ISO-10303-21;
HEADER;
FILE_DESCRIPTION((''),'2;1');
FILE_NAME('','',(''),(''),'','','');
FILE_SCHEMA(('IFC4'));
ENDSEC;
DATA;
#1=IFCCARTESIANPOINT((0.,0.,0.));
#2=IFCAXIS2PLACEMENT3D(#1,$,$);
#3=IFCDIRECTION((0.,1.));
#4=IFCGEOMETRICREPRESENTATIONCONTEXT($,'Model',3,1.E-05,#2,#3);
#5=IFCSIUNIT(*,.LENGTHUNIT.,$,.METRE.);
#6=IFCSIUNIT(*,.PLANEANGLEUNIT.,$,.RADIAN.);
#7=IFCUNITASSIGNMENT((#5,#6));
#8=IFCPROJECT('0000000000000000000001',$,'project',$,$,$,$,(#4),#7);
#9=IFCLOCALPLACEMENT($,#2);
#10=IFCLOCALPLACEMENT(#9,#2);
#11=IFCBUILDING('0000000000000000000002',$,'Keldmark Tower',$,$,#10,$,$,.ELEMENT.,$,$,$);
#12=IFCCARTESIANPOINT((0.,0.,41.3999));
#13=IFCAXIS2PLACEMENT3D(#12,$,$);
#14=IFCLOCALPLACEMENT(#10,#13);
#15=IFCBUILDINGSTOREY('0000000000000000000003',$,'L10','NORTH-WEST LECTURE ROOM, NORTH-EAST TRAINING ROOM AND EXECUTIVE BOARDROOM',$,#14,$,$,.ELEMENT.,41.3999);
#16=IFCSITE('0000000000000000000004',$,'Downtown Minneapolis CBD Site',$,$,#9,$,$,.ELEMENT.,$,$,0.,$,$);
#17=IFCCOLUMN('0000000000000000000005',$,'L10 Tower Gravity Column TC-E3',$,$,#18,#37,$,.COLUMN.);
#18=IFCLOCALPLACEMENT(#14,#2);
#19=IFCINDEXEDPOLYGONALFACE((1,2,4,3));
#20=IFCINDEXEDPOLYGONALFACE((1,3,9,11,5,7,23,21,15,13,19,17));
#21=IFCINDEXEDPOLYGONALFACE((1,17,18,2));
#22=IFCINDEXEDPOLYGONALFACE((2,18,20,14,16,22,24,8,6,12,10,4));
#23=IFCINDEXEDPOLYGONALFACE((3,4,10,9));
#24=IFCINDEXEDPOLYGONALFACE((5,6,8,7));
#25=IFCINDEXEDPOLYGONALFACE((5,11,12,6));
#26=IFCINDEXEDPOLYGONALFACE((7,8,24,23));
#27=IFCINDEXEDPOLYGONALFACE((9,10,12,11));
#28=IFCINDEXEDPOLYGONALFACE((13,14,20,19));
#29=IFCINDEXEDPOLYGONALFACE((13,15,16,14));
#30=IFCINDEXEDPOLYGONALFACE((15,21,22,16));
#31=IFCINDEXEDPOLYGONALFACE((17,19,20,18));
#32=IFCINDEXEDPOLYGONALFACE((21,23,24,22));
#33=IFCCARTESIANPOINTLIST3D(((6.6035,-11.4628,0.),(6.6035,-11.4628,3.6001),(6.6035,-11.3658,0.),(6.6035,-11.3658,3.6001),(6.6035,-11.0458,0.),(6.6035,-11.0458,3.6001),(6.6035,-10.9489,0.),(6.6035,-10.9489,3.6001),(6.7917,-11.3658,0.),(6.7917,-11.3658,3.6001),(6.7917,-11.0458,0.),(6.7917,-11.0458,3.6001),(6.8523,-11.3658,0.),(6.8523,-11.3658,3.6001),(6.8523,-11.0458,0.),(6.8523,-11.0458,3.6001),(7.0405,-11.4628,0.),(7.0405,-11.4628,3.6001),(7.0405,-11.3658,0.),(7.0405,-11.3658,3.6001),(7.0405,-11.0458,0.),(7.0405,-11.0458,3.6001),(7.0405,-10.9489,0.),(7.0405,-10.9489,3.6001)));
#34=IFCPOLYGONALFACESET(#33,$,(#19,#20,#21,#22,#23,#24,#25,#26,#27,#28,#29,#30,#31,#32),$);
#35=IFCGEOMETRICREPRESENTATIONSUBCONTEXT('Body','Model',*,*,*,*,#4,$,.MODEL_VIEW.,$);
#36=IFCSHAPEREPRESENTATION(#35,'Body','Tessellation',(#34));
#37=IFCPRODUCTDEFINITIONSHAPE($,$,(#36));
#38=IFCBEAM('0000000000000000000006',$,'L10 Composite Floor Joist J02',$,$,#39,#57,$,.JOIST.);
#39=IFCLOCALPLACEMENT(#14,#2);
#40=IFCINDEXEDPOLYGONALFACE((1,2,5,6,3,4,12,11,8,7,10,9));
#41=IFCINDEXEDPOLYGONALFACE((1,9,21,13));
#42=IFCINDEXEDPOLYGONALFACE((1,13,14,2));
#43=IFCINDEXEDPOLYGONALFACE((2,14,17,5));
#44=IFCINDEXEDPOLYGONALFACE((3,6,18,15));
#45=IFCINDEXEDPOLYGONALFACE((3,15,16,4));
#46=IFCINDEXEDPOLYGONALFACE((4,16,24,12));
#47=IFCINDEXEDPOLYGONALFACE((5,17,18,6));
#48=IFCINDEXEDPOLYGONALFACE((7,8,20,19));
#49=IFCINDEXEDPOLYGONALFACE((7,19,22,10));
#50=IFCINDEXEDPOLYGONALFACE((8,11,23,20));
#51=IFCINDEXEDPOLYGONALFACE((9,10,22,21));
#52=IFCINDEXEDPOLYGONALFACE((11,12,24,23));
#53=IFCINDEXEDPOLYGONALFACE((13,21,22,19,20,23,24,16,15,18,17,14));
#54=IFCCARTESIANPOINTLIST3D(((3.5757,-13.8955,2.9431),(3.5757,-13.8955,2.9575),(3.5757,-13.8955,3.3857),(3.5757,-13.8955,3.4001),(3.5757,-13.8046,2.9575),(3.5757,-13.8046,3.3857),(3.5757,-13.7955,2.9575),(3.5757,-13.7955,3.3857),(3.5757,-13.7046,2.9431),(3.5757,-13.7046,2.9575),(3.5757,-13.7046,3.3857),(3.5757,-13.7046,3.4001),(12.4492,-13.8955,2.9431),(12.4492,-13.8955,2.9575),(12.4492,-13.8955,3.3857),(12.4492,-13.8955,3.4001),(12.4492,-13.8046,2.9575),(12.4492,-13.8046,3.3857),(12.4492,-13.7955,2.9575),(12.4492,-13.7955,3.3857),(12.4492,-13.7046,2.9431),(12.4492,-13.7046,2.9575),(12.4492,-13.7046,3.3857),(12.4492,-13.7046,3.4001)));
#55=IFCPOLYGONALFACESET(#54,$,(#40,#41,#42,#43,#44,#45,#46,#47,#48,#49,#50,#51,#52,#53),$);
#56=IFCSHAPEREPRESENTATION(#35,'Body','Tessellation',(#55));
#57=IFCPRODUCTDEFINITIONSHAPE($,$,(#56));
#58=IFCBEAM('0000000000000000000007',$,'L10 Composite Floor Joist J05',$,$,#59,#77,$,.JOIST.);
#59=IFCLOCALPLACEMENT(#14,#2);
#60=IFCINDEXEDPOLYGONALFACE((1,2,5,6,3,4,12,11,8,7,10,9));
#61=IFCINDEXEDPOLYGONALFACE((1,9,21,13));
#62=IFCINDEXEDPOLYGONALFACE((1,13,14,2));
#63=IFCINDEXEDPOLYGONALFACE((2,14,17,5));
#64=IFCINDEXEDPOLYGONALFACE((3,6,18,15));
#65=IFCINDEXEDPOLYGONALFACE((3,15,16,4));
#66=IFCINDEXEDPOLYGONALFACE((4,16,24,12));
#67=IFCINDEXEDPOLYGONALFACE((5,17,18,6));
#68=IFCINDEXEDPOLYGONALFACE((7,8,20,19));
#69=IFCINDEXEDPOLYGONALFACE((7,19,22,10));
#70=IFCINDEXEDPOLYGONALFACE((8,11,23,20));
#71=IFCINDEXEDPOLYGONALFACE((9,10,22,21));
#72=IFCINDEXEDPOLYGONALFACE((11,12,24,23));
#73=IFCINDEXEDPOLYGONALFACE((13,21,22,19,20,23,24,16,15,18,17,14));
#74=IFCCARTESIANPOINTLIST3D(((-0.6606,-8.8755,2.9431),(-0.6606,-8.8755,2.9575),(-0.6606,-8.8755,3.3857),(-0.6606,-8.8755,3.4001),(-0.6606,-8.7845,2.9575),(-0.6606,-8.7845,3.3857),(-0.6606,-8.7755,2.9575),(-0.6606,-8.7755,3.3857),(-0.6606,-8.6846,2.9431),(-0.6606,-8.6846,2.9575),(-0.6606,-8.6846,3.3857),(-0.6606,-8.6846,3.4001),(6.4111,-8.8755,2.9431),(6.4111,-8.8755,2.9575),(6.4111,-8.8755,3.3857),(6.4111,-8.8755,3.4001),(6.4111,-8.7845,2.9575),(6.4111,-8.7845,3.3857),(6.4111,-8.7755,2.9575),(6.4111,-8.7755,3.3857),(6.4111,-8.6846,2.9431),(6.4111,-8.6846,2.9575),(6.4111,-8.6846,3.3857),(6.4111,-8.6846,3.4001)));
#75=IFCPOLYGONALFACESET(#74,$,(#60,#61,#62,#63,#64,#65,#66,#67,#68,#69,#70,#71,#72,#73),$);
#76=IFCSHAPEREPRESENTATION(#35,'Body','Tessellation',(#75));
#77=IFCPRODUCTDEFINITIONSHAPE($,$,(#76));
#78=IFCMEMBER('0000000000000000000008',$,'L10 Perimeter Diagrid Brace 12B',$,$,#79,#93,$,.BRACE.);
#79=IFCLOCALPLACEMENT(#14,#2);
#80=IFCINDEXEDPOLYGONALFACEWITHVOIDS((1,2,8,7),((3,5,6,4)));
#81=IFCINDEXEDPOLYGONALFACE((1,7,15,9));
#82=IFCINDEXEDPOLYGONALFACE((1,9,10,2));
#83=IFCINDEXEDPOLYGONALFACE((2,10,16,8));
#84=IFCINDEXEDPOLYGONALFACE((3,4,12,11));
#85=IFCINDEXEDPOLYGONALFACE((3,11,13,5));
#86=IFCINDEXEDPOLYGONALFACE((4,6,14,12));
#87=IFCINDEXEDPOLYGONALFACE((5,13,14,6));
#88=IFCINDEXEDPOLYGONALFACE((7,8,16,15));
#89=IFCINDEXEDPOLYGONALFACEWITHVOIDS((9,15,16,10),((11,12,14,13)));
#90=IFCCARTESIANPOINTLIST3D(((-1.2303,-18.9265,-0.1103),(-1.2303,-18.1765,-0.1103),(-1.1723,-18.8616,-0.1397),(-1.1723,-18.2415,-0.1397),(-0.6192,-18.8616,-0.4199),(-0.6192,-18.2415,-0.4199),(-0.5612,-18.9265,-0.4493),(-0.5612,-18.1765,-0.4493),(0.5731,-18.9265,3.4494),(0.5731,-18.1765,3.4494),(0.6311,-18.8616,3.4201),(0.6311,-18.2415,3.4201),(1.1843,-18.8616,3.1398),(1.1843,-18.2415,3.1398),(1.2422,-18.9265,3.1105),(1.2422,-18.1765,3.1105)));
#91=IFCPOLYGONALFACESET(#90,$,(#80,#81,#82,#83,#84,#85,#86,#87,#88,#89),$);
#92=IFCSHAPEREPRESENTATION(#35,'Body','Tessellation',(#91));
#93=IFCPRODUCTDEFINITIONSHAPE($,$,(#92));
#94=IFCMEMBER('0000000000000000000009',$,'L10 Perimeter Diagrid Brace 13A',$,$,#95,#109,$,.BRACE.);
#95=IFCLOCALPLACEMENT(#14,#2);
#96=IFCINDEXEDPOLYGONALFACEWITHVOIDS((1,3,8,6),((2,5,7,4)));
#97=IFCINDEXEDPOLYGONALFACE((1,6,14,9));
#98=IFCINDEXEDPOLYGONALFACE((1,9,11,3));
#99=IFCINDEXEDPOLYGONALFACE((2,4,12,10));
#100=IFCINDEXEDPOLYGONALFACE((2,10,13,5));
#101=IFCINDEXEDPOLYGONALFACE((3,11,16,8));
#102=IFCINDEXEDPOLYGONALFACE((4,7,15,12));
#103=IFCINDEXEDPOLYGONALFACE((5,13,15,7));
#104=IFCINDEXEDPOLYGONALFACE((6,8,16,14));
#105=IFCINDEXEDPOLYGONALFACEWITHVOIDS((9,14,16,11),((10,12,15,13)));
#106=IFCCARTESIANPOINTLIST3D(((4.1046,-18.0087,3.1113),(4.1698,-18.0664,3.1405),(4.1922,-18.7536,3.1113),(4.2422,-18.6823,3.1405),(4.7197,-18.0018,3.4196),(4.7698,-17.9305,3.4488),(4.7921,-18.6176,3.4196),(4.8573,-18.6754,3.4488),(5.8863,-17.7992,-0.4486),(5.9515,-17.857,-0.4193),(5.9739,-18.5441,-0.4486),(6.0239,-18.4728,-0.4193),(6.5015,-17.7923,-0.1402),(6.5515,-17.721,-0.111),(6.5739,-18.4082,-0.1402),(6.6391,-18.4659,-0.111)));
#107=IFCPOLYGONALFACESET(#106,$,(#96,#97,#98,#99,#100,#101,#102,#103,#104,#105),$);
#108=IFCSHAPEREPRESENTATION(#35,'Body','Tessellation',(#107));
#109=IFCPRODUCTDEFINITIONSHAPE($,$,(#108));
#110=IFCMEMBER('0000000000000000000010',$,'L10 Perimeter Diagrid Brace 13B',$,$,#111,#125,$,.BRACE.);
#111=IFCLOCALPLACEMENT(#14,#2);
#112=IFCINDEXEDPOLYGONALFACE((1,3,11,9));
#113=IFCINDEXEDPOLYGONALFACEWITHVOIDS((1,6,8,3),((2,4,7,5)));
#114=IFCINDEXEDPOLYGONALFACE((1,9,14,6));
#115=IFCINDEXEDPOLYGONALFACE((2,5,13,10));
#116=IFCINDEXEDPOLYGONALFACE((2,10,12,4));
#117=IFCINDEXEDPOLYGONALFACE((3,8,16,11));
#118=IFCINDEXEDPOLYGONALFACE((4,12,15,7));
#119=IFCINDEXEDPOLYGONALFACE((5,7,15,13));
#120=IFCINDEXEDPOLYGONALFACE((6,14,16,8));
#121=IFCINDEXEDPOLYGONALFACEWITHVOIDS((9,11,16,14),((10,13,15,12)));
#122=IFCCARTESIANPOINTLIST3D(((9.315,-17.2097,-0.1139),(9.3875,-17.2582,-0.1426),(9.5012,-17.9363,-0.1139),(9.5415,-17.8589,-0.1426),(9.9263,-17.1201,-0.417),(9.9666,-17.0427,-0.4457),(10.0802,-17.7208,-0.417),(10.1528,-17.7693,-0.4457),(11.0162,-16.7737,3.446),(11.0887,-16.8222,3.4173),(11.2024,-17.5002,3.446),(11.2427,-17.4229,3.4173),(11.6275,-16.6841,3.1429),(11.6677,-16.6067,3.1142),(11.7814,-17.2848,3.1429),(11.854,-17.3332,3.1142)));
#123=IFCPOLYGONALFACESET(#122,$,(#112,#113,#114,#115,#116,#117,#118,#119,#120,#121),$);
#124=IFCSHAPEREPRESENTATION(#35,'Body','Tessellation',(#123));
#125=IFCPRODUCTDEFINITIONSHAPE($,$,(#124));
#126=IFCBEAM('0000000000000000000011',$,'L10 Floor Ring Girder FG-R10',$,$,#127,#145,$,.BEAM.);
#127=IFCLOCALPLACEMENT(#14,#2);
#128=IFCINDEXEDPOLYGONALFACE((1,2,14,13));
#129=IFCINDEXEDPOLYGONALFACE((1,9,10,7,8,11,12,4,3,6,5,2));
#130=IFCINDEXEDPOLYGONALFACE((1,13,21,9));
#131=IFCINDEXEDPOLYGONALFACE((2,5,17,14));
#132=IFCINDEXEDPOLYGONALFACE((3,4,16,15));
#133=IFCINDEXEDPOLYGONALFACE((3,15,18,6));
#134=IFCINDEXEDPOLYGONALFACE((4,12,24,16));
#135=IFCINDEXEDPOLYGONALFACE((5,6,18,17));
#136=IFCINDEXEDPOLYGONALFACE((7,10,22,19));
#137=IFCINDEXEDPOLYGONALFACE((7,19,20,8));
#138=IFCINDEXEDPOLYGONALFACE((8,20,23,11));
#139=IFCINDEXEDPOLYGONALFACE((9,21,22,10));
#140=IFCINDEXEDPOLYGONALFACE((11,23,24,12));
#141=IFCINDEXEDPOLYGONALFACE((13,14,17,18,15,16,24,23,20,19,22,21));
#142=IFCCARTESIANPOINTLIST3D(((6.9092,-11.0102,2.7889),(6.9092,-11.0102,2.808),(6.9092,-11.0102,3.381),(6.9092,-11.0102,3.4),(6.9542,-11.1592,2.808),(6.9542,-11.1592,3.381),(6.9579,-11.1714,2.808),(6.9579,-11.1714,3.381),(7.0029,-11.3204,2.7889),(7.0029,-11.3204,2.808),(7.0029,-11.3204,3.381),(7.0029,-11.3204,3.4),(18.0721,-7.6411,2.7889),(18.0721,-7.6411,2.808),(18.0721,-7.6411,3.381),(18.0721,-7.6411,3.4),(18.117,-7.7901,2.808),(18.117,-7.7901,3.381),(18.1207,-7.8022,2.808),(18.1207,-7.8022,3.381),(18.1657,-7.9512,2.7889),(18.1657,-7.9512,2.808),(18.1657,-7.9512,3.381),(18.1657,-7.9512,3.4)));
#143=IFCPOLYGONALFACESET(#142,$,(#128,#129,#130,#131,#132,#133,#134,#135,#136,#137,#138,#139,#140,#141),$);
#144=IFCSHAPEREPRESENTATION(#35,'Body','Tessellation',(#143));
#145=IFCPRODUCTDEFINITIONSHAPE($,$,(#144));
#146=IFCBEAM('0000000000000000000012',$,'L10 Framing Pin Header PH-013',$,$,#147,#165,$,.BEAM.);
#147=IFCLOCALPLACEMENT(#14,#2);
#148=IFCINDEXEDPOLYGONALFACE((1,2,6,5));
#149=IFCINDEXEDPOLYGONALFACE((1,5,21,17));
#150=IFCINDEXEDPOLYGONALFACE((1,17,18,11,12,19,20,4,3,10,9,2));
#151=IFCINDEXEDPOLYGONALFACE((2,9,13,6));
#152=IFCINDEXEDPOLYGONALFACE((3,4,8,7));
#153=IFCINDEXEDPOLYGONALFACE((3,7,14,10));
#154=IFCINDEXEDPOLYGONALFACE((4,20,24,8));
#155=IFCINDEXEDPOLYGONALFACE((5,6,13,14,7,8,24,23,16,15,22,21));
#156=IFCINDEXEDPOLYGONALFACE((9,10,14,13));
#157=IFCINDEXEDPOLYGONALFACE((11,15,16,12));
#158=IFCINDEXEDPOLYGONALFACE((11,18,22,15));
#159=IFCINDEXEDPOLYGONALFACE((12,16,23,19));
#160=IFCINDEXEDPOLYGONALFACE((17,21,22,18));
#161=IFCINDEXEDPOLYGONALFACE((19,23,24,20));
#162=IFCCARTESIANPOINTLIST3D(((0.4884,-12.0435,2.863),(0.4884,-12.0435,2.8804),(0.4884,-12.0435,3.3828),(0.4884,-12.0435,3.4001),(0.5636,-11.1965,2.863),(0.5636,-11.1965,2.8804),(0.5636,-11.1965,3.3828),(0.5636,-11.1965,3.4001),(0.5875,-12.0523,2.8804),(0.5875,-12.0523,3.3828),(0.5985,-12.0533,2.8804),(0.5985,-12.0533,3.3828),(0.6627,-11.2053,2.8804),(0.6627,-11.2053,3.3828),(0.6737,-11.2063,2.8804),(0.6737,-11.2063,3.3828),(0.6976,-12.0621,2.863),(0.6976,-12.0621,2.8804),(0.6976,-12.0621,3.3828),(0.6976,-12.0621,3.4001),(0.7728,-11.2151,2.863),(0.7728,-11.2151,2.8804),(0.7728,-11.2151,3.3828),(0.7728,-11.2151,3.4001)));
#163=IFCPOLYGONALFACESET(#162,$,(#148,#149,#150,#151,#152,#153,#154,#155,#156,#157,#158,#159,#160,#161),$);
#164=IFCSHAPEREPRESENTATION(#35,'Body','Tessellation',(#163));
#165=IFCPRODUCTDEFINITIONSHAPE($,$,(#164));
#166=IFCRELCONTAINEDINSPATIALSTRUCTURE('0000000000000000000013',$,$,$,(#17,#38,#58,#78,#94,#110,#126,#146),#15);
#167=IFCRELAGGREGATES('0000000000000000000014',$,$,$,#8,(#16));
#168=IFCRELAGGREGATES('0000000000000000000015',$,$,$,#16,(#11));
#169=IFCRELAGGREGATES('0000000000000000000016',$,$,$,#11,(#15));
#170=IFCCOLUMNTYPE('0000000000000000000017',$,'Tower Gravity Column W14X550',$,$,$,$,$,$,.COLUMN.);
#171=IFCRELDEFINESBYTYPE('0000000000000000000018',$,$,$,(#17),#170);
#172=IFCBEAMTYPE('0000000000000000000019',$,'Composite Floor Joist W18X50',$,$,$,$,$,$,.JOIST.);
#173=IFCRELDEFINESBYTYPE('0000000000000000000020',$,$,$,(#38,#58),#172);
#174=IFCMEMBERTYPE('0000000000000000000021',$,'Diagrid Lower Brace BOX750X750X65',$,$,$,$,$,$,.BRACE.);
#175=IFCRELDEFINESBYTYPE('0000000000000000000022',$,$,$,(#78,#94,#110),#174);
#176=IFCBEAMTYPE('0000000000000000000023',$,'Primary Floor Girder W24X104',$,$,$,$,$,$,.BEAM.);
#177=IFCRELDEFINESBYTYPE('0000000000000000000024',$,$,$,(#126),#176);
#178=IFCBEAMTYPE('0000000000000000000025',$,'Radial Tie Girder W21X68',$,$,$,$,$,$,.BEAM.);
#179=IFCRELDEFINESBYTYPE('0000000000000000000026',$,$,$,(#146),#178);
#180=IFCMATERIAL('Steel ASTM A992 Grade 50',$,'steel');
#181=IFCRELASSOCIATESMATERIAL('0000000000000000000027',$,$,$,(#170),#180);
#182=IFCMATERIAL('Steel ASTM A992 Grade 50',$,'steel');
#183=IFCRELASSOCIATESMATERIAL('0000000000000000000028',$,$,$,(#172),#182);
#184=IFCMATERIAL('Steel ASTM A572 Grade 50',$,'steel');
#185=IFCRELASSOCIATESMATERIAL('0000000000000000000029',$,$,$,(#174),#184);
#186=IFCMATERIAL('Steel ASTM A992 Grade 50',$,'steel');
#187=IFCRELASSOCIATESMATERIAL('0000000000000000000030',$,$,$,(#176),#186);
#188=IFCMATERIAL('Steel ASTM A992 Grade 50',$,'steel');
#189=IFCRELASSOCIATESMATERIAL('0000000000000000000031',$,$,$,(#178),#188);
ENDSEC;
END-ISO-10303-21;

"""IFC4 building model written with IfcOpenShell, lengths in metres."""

from ifc_helpers import new_model, si_unit, direction, frame, origin, origin_2d, place, context, subcontext, project, spatial, hollow_rectangle, i_section, extrude, material, material_profile, profile_set, type_object, element, save


model = new_model("IFC4")

# Units and contexts
model_context = context("Model", 3, precision=1e-05, world=origin(), true_north=direction((0.0, 1.0)))
body_context = subcontext(model_context, "Body", "Model", "MODEL_VIEW")
ifc_project = project(units=[si_unit("LENGTHUNIT", "METRE"), si_unit("PLANEANGLEUNIT", "RADIAN")], contexts=[model_context])

# Site, building, storey
site_placement = place(None, origin())
site = spatial("IfcSite", under=ifc_project, at=site_placement, Name="Downtown Minneapolis CBD Site", CompositionType="ELEMENT", RefElevation=0.0)
building_placement = place(site_placement, origin())
building = spatial("IfcBuilding", under=site, at=building_placement, Name="Keldmark Tower", CompositionType="ELEMENT")
storey_placement = place(building_placement, frame((0.0, 0.0, 41.3999)))
storey = spatial("IfcBuildingStorey", under=building, at=storey_placement, Name="L10", Description="NORTH-WEST LECTURE ROOM, NORTH-EAST TRAINING ROOM AND EXECUTIVE BOARDROOM", CompositionType="ELEMENT", Elevation=41.3999)

# Column
ifc_material_1 = material(Name="Steel ASTM A992 Grade 50", Category="steel")
ifc_material_profile_1 = material_profile(ifc_material_1, i_section(OverallWidth=0.437, OverallDepth=0.5139, WebThickness=0.0605, FlangeThickness=0.0969, at=origin_2d()), Name="W14X550")
ifc_profile_set_1 = profile_set([ifc_material_profile_1], Name="Steel ASTM A992 Grade 50")
column_type = type_object("IfcColumnType", Name="Tower Gravity Column W14X550", PredefinedType="COLUMN", material=ifc_profile_set_1)
column_placement = place(storey_placement, frame((6.822, -11.2058, 0.0), z_axis=(0.0, 0.0, 1.0), x_axis=(1.0, 0.0, 0.0)))
element("IfcColumn", 1, at=column_placement, inside=storey, type_object=column_type, Name="L10 Tower Gravity Column TC-E3", PredefinedType="COLUMN", context=body_context, shape_type="SweptSolid", body=[
    extrude(i_section(OverallWidth=0.437, OverallDepth=0.5139, WebThickness=0.0605, FlangeThickness=0.0969, at=origin_2d()), origin(), (0.0, 0.0, 1.0), 3.6001),
])

# Beams
ifc_material_2 = material(Name="Steel ASTM A992 Grade 50", Category="steel")
ifc_material_profile_2 = material_profile(ifc_material_2, i_section(OverallWidth=0.1909, OverallDepth=0.457, WebThickness=0.009, FlangeThickness=0.0144, at=origin_2d()), Name="W18X50")
ifc_profile_set_2 = profile_set([ifc_material_profile_2], Name="Steel ASTM A992 Grade 50")
beam_type_1 = type_object("IfcBeamType", Name="Composite Floor Joist W18X50", PredefinedType="JOIST", material=ifc_profile_set_2)
beam_1_placement = place(storey_placement, frame((3.5757, -13.8, 3.1716), z_axis=(1.0, 0.0, 0.0), x_axis=(0.0, 1.0, 0.0)))
element("IfcBeam", 2, at=beam_1_placement, inside=storey, type_object=beam_type_1, Name="L10 Composite Floor Joist J02", PredefinedType="JOIST", context=body_context, shape_type="SweptSolid", body=[
    extrude(i_section(OverallWidth=0.1909, OverallDepth=0.457, WebThickness=0.009, FlangeThickness=0.0144, at=origin_2d()), origin(), (0.0, 0.0, 1.0), 8.8735),
])
beam_2_placement = place(storey_placement, frame((-0.6606, -8.78, 3.1716), z_axis=(1.0, 0.0, 0.0), x_axis=(0.0, 1.0, 0.0)))
element("IfcBeam", 3, at=beam_2_placement, inside=storey, type_object=beam_type_1, Name="L10 Composite Floor Joist J05", PredefinedType="JOIST", context=body_context, shape_type="SweptSolid", body=[
    extrude(i_section(OverallWidth=0.1909, OverallDepth=0.457, WebThickness=0.009, FlangeThickness=0.0144, at=origin_2d()), origin(), (0.0, 0.0, 1.0), 7.0718),
])

# Members
ifc_material_3 = material(Name="Steel ASTM A572 Grade 50", Category="steel")
ifc_material_profile_3 = material_profile(ifc_material_3, hollow_rectangle(XDim=0.75, YDim=0.75, WallThickness=0.0649, at=origin_2d()), Name="BOX750X750X65")
ifc_profile_set_3 = profile_set([ifc_material_profile_3], Name="Steel ASTM A572 Grade 50")
member_type = type_object("IfcMemberType", Name="Diagrid Lower Brace BOX750X750X65", PredefinedType="BRACE", material=ifc_profile_set_3)
member_1_placement = place(storey_placement, frame((-0.8958, -18.5515, -0.2798), z_axis=(0.45193, 0.0, 0.892053), x_axis=(0.0, 1.0, 0.0)))
element("IfcMember", 4, at=member_1_placement, inside=storey, type_object=member_type, Name="L10 Perimeter Diagrid Brace 12B", PredefinedType="BRACE", context=body_context, shape_type="SweptSolid", body=[
    extrude(hollow_rectangle(XDim=0.75, YDim=0.75, WallThickness=0.0649, at=origin_2d()), origin(), (0.0, 0.0, 1.0), 3.9905),
])
member_2_placement = place(storey_placement, frame((6.2627, -18.1326, -0.2798), z_axis=(-0.446963, -0.052548, 0.893008), x_axis=(0.116762, -0.99316, 0.0)))
element("IfcMember", 5, at=member_2_placement, inside=storey, type_object=member_type, Name="L10 Perimeter Diagrid Brace 13A", PredefinedType="BRACE", context=body_context, shape_type="SweptSolid", body=[
    extrude(hollow_rectangle(XDim=0.75, YDim=0.75, WallThickness=0.0649, at=origin_2d()), origin(), (0.0, 0.0, 1.0), 3.9863),
])
member_3_placement = place(storey_placement, frame((9.7339, -17.4895, -0.2798), z_axis=(0.428568, 0.109848, 0.896807), x_axis=(-0.248288, 0.968686, 0.0)))
element("IfcMember", 6, at=member_3_placement, inside=storey, type_object=member_type, Name="L10 Perimeter Diagrid Brace 13B", PredefinedType="BRACE", context=body_context, shape_type="SweptSolid", body=[
    extrude(hollow_rectangle(XDim=0.75, YDim=0.75, WallThickness=0.0649, at=origin_2d()), origin(), (0.0, 0.0, 1.0), 3.9695),
])

# Beams
ifc_material_4 = material(Name="Steel ASTM A992 Grade 50", Category="steel")
ifc_material_profile_4 = material_profile(ifc_material_4, i_section(OverallWidth=0.324, OverallDepth=0.6111, WebThickness=0.0127, FlangeThickness=0.019, at=origin_2d()), Name="W24X104")
ifc_profile_set_4 = profile_set([ifc_material_profile_4], Name="Steel ASTM A992 Grade 50")
beam_type_2 = type_object("IfcBeamType", Name="Primary Floor Girder W24X104", PredefinedType="BEAM", material=ifc_profile_set_4)
beam_3_placement = place(storey_placement, frame((6.9561, -11.1653, 3.0945), z_axis=(0.957346, 0.288944, 0.0), x_axis=(-0.288944, 0.957346, 0.0)))
element("IfcBeam", 7, at=beam_3_placement, inside=storey, type_object=beam_type_2, Name="L10 Floor Ring Girder FG-R10", PredefinedType="BEAM", context=body_context, shape_type="SweptSolid", body=[
    extrude(i_section(OverallWidth=0.324, OverallDepth=0.6111, WebThickness=0.0127, FlangeThickness=0.019, at=origin_2d()), origin(), (0.0, 0.0, 1.0), 11.6602),
])
ifc_material_5 = material(Name="Steel ASTM A992 Grade 50", Category="steel")
ifc_material_profile_5 = material_profile(ifc_material_5, i_section(OverallWidth=0.21, OverallDepth=0.5371, WebThickness=0.011, FlangeThickness=0.0173, at=origin_2d()), Name="W21X68")
ifc_profile_set_5 = profile_set([ifc_material_profile_5], Name="Steel ASTM A992 Grade 50")
beam_type_3 = type_object("IfcBeamType", Name="Radial Tie Girder W21X68", PredefinedType="BEAM", material=ifc_profile_set_5)
beam_4_placement = place(storey_placement, frame((0.6682, -11.2058, 3.1316), z_axis=(-0.088438, -0.996082, 0.0), x_axis=(0.996082, -0.088438, 0.0)))
element("IfcBeam", 8, at=beam_4_placement, inside=storey, type_object=beam_type_3, Name="L10 Framing Pin Header PH-013", PredefinedType="BEAM", context=body_context, shape_type="SweptSolid", body=[
    extrude(i_section(OverallWidth=0.21, OverallDepth=0.5371, WebThickness=0.011, FlangeThickness=0.0173, at=origin_2d()), origin(), (0.0, 0.0, 1.0), 0.8503),
])

save(model, "model.ifc")
